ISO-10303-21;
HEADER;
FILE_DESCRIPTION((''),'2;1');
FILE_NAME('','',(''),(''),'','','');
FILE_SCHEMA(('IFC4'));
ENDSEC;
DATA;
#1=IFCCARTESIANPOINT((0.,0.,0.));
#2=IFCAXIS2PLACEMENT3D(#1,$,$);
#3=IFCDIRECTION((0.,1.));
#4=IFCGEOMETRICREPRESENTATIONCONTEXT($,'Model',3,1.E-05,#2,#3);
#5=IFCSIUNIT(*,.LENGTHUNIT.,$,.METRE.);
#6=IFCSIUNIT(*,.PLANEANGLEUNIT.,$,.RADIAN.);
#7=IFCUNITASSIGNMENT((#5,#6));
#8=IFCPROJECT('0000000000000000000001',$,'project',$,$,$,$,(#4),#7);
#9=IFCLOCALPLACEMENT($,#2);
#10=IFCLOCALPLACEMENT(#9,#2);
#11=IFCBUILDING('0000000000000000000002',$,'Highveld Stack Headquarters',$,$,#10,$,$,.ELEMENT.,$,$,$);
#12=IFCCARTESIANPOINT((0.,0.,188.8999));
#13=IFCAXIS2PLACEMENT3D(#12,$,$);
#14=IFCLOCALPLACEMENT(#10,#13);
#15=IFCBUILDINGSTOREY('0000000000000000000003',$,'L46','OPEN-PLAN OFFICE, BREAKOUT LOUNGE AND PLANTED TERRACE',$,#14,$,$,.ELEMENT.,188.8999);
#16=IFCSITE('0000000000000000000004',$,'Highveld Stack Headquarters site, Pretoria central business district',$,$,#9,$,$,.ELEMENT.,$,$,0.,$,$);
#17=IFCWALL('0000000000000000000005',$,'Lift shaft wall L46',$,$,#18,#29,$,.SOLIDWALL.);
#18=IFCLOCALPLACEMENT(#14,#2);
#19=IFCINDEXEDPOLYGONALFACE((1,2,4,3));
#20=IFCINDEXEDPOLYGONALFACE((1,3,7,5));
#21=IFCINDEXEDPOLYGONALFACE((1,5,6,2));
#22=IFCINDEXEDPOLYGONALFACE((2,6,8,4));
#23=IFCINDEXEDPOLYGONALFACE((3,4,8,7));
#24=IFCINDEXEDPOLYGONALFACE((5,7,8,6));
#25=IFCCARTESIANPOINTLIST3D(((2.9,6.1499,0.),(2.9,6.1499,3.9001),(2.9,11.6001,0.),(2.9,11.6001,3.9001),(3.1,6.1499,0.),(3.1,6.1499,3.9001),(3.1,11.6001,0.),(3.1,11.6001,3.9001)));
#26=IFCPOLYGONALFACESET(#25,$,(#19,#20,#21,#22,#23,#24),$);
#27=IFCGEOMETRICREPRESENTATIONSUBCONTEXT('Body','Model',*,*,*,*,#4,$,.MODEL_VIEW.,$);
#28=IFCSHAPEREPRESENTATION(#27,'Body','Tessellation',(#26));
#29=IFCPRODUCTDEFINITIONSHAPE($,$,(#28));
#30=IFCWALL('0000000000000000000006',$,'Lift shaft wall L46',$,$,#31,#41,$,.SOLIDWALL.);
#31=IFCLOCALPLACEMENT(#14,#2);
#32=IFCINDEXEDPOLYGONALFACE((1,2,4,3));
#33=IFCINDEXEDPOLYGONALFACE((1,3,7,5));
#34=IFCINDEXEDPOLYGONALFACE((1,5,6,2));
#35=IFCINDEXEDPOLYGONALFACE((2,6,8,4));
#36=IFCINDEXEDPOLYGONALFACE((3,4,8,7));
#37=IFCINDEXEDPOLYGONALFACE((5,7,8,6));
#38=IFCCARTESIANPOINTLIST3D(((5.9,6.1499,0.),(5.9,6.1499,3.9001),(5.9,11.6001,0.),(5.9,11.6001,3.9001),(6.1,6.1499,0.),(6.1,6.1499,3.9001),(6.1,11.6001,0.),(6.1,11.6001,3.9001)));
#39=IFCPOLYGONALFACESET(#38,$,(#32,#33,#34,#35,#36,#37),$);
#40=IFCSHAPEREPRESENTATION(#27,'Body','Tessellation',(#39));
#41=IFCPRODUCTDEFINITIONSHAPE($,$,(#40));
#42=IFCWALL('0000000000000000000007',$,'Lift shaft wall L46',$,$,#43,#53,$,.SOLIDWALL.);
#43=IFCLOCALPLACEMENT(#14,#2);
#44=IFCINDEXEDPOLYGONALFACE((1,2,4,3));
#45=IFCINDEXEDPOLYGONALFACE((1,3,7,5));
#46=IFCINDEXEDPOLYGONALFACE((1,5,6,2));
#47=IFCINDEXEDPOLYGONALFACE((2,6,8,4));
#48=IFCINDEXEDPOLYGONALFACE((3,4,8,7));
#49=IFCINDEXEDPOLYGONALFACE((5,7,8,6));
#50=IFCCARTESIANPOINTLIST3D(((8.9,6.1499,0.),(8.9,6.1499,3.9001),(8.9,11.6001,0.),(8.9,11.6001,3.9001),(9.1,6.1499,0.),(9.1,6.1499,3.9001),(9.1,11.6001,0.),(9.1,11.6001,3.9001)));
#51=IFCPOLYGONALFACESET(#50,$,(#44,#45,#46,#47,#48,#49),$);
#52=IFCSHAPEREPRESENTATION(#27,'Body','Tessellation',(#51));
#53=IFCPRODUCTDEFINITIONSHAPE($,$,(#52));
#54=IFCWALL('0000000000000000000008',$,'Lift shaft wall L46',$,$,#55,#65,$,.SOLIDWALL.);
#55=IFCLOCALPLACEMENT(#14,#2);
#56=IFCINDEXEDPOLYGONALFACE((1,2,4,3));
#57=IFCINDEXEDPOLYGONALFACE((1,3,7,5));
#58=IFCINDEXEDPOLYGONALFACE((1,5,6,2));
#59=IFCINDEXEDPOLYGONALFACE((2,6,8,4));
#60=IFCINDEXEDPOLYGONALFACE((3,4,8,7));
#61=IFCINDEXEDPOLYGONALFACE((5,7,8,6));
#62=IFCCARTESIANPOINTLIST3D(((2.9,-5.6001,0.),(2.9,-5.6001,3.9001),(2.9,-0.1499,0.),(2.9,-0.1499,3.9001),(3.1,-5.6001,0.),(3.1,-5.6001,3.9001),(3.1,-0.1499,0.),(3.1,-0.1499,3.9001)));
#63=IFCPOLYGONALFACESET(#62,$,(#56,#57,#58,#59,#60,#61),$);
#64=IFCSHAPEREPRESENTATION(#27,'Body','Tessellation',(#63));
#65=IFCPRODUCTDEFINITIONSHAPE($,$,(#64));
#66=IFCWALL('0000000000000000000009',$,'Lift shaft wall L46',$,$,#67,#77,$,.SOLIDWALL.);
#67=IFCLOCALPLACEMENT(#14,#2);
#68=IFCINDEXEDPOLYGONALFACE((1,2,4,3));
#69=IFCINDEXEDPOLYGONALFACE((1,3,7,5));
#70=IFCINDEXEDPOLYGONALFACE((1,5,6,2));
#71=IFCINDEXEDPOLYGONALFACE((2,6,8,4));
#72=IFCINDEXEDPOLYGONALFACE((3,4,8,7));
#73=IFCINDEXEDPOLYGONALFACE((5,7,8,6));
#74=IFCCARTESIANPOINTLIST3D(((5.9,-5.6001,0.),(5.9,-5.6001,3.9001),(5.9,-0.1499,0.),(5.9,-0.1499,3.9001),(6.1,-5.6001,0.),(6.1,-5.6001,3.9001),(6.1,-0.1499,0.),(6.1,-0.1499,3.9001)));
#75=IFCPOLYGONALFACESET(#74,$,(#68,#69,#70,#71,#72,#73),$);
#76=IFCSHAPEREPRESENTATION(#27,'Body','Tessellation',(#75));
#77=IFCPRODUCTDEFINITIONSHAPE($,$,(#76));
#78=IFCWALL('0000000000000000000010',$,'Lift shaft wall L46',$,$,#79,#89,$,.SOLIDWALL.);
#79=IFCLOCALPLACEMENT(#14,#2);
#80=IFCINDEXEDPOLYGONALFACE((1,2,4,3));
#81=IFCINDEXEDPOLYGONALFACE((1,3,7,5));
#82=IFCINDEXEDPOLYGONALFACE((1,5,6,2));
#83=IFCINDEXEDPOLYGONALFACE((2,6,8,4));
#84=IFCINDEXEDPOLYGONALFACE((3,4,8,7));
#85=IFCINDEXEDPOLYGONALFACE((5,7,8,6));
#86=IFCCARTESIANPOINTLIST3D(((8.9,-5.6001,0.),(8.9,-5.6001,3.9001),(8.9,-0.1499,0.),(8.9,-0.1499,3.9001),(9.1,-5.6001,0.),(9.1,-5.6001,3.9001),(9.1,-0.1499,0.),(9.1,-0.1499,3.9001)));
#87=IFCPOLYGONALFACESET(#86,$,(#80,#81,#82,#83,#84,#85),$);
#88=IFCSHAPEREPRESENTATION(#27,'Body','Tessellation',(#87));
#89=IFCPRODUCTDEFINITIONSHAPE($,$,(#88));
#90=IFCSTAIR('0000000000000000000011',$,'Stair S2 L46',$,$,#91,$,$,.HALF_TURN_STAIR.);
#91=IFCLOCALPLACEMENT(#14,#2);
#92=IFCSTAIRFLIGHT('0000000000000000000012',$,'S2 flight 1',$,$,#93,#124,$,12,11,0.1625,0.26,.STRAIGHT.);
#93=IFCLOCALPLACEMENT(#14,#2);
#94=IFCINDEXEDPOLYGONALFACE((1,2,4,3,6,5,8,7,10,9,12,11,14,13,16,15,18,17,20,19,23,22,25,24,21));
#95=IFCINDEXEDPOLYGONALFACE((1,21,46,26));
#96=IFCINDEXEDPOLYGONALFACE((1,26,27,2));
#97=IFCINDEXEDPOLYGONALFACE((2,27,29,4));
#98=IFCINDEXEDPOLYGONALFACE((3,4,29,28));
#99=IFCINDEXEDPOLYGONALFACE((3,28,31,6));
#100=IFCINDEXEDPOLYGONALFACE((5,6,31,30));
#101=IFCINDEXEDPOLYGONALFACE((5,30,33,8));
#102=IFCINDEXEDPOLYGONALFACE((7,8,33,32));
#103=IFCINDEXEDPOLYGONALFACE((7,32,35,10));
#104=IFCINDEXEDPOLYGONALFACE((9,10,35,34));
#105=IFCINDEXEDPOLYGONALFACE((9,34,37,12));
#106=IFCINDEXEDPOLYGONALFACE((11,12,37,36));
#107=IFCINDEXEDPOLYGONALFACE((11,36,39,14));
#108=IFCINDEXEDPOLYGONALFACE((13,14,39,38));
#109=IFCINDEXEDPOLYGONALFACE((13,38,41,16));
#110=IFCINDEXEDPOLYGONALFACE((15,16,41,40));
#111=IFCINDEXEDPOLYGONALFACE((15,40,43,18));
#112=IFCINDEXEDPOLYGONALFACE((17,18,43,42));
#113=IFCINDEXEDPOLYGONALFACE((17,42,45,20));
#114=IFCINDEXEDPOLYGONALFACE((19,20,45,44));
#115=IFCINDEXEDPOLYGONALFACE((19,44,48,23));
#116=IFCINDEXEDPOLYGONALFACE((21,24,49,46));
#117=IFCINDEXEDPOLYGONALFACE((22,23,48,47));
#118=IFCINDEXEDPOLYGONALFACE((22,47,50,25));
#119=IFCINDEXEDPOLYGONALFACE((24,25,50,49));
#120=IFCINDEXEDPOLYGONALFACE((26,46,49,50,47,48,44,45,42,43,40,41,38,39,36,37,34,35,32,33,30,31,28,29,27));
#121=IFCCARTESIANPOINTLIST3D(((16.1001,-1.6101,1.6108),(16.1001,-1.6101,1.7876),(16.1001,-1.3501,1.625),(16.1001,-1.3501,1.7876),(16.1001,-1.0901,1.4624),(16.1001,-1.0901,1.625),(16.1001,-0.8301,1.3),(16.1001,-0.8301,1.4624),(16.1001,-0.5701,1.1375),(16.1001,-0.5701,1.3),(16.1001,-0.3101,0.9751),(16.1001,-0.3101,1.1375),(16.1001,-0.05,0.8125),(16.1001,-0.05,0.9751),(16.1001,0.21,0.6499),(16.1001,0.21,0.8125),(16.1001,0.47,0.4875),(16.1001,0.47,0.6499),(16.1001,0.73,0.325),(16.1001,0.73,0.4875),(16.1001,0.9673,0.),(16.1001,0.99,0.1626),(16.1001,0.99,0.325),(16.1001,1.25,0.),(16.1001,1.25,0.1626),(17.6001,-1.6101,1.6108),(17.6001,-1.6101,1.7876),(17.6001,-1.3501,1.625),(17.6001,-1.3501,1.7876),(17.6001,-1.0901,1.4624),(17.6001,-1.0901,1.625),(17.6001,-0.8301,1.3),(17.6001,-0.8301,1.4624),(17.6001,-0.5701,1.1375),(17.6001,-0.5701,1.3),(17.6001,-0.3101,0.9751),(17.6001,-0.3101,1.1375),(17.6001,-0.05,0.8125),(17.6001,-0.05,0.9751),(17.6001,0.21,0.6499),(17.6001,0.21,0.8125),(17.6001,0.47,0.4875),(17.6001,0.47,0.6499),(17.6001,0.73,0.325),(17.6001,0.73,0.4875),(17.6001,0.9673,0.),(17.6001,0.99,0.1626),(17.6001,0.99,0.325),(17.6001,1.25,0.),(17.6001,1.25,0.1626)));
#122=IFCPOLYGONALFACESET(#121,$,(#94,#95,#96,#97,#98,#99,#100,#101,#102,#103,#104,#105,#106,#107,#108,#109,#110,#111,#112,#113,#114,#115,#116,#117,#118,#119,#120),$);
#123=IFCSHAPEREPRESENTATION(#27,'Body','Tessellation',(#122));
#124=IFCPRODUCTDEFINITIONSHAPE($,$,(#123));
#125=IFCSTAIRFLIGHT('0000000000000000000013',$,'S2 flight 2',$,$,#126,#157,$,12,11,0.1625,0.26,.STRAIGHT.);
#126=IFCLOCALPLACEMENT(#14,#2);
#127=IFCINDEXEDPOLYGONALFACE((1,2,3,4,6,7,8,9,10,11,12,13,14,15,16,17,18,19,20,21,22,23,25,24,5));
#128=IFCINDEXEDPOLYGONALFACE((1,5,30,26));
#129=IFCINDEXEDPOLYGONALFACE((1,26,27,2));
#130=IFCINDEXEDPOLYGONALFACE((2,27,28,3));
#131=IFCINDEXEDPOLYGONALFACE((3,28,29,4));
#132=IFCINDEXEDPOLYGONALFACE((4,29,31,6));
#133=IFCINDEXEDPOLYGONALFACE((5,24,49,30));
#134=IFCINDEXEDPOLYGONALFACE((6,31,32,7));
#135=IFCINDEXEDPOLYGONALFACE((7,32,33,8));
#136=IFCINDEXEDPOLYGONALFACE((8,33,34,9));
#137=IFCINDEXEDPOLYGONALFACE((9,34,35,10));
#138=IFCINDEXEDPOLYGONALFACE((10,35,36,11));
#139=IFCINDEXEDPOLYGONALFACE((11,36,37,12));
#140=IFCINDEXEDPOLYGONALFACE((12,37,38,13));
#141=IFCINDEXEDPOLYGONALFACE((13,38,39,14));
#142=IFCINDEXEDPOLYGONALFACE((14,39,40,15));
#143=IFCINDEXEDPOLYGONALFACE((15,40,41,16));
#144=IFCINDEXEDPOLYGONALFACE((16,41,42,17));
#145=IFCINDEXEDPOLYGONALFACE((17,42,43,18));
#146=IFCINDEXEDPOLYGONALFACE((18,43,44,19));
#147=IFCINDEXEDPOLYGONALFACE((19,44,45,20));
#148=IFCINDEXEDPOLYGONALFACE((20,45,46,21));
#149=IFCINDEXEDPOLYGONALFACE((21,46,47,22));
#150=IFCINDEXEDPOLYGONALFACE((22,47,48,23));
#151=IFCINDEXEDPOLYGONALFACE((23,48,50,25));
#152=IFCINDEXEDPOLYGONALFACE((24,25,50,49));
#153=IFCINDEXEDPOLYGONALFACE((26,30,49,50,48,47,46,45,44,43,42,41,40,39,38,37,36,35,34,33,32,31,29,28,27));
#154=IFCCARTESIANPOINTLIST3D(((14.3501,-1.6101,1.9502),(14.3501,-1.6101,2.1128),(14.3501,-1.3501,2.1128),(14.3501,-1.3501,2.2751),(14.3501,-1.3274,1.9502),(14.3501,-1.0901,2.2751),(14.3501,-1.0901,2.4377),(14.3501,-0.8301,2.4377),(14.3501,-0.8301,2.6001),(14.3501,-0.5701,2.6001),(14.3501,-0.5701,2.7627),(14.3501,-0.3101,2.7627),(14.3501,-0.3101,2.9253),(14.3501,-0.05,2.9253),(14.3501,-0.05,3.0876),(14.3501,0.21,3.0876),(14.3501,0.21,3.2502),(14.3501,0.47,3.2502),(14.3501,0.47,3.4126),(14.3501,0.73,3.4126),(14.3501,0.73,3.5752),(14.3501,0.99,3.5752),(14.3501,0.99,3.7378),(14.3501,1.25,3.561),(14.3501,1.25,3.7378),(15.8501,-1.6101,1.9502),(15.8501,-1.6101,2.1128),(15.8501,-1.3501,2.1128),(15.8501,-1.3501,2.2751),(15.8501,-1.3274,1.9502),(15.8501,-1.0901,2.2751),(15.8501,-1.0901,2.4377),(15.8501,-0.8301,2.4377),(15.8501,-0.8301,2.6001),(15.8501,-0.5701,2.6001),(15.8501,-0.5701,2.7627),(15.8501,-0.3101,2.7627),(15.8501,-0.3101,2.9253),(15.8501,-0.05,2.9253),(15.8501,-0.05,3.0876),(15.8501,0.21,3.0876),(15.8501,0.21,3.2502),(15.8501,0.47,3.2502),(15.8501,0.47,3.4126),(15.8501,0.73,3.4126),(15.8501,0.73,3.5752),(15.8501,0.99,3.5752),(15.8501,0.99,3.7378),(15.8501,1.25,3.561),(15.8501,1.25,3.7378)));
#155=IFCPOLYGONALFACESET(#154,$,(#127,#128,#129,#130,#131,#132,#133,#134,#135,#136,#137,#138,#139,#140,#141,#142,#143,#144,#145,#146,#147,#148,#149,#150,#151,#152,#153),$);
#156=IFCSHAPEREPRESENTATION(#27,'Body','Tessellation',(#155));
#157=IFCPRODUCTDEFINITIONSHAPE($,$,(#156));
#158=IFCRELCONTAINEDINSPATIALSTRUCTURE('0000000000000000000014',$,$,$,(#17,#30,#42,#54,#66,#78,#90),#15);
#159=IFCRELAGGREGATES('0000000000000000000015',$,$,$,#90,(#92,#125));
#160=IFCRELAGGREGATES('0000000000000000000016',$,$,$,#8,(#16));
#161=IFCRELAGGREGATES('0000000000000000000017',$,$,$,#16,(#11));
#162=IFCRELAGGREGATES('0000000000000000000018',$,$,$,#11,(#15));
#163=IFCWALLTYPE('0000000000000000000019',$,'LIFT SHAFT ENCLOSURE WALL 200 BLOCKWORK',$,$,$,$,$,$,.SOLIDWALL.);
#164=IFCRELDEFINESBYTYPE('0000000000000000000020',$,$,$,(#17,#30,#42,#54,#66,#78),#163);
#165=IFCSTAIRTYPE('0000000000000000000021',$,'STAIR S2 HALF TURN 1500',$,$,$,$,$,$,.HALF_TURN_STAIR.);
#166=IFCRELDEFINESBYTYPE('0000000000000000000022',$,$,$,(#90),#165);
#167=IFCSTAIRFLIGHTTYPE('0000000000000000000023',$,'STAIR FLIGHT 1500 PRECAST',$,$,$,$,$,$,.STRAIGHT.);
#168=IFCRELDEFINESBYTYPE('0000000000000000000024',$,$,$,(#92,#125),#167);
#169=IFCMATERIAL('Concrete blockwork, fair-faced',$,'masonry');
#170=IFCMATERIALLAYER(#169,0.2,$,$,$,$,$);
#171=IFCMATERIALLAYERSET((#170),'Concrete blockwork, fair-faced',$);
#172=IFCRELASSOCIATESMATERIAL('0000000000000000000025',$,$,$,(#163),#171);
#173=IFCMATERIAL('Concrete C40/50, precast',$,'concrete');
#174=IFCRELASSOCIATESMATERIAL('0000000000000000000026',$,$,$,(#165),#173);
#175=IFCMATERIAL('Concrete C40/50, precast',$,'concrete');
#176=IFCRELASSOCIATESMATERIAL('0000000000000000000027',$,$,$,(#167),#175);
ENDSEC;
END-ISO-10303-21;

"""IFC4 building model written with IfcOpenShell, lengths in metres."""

from ifc_helpers import new_model, si_unit, direction, frame, frame_2d, origin, place, context, subcontext, project, spatial, polyline, rectangle, outline, extrude, material, layer, layer_set, type_object, element, aggregate, save


model = new_model("IFC4")

# Units and contexts
model_context = context("Model", 3, precision=1e-05, world=origin(), true_north=direction((0.0, 1.0)))
body_context = subcontext(model_context, "Body", "Model", "MODEL_VIEW")
ifc_project = project(units=[si_unit("LENGTHUNIT", "METRE"), si_unit("PLANEANGLEUNIT", "RADIAN")], contexts=[model_context])

# Site, building, storey
site_placement = place(None, origin())
site = spatial("IfcSite", under=ifc_project, at=site_placement, Name="Highveld Stack Headquarters site, Pretoria central business district", CompositionType="ELEMENT", RefElevation=0.0)
building_placement = place(site_placement, origin())
building = spatial("IfcBuilding", under=site, at=building_placement, Name="Highveld Stack Headquarters", CompositionType="ELEMENT")
storey_placement = place(building_placement, frame((0.0, 0.0, 188.8999)))
storey = spatial("IfcBuildingStorey", under=building, at=storey_placement, Name="L46", Description="OPEN-PLAN OFFICE, BREAKOUT LOUNGE AND PLANTED TERRACE", CompositionType="ELEMENT", Elevation=188.8999)

# Walls
ifc_material_1 = material(Name="Concrete blockwork, fair-faced", Category="masonry")
ifc_layer_1 = layer(ifc_material_1, 0.2)
ifc_layer_set_1 = layer_set([ifc_layer_1], Name="Concrete blockwork, fair-faced")
wall_type_1 = type_object("IfcWallType", Name="LIFT SHAFT ENCLOSURE WALL 200 BLOCKWORK", PredefinedType="SOLIDWALL", material=ifc_layer_set_1)
for number, where, z_axis, x_axis, name in (
    (1, (3.0, 6.1499, 0.0), (0.0, 0.0, 1.0), (0.0, 1.0, 0.0), "Lift shaft wall L46"),
    (2, (6.0, 6.1499, 0.0), (0.0, 0.0, 1.0), (0.0, 1.0, 0.0), "Lift shaft wall L46"),
    (3, (9.0, 6.1499, 0.0), (0.0, 0.0, 1.0), (0.0, 1.0, 0.0), "Lift shaft wall L46"),
    (4, (3.0, -5.6001, 0.0), (0.0, 0.0, 1.0), (0.0, 1.0, 0.0), "Lift shaft wall L46"),
    (5, (6.0, -5.6001, 0.0), (0.0, 0.0, 1.0), (0.0, 1.0, 0.0), "Lift shaft wall L46"),
    (6, (9.0, -5.6001, 0.0), (0.0, 0.0, 1.0), (0.0, 1.0, 0.0), "Lift shaft wall L46"),
):
    element("IfcWall", number, at=place(storey_placement, frame(where, z_axis=z_axis, x_axis=x_axis)), inside=storey, type_object=wall_type_1, Name=name, PredefinedType="SOLIDWALL", context=body_context, shape_type="SweptSolid", body=[
        extrude(rectangle(XDim=5.4502, YDim=0.2, at=frame_2d((2.7251, 0.0))), origin(), (0.0, 0.0, 1.0), 3.9001),
    ])

# Stair, stair flights
ifc_material_2 = material(Name="Concrete C40/50, precast", Category="concrete")
stair_type = type_object("IfcStairType", Name="STAIR S2 HALF TURN 1500", PredefinedType="HALF_TURN_STAIR", material=ifc_material_2)
stair_placement = place(storey_placement, origin())
stair = element("IfcStair", 7, at=stair_placement, inside=storey, type_object=stair_type, Name="Stair S2 L46", PredefinedType="HALF_TURN_STAIR")
ifc_material_3 = material(Name="Concrete C40/50, precast", Category="concrete")
stair_flight_type = type_object("IfcStairFlightType", Name="STAIR FLIGHT 1500 PRECAST", PredefinedType="STRAIGHT", material=ifc_material_3)
stair_flight_1_placement = place(storey_placement, frame((16.8501, 1.25, 0.0), z_axis=(0.0, 0.0, 1.0), x_axis=(0.0, -1.0, 0.0)))
stair_flight_1 = element("IfcStairFlight", 8, at=stair_flight_1_placement, type_object=stair_flight_type, Name="S2 flight 1", NumberOfRisers=12, NumberOfTreads=11, PredefinedType="STRAIGHT", RiserHeight=0.1625, TreadLength=0.26, context=body_context, shape_type="SweptSolid", body=[
    extrude(outline(polyline([(0.0, 0.0), (0.0, 0.1626), (0.26, 0.1626), (0.26, 0.325), (0.52, 0.325), (0.52, 0.4875), (0.78, 0.4875), (0.78, 0.6499), (1.04, 0.6499), (1.04, 0.8125), (1.3, 0.8125), (1.3, 0.9751), (1.5601, 0.9751), (1.5601, 1.1375), (1.8201, 1.1375), (1.8201, 1.3), (2.0801, 1.3), (2.0801, 1.4624), (2.3401, 1.4624), (2.3401, 1.625), (2.6001, 1.625), (2.6001, 1.7876), (2.8601, 1.7876), (2.8601, 1.95), (2.8601, 1.6108), (0.2827, 0.0), (0.0, 0.0)])), frame((0.0, 0.75, 0.0), z_axis=(0.0, -1.0, 0.0), x_axis=(1.0, 0.0, 0.0)), (0.0, 0.0, 1.0), 1.5),
])
stair_flight_2_placement = place(storey_placement, frame((15.1001, -1.6101, 1.9502), z_axis=(0.0, 0.0, 1.0), x_axis=(0.0, 1.0, 0.0)))
stair_flight_2 = element("IfcStairFlight", 9, at=stair_flight_2_placement, type_object=stair_flight_type, Name="S2 flight 2", NumberOfRisers=12, NumberOfTreads=11, PredefinedType="STRAIGHT", RiserHeight=0.1625, TreadLength=0.26, context=body_context, shape_type="SweptSolid", body=[
    extrude(outline(polyline([(0.0, 0.0), (0.0, 0.1626), (0.26, 0.1626), (0.26, 0.325), (0.52, 0.325), (0.52, 0.4875), (0.78, 0.4875), (0.78, 0.6499), (1.04, 0.6499), (1.04, 0.8125), (1.3, 0.8125), (1.3, 0.9751), (1.5601, 0.9751), (1.5601, 1.1375), (1.8201, 1.1375), (1.8201, 1.3), (2.0801, 1.3), (2.0801, 1.4624), (2.3401, 1.4624), (2.3401, 1.625), (2.6001, 1.625), (2.6001, 1.7876), (2.8601, 1.7876), (2.8601, 1.95), (2.8601, 1.6108), (0.2827, 0.0), (0.0, 0.0)])), frame((0.0, 0.75, 0.0), z_axis=(0.0, -1.0, 0.0), x_axis=(1.0, 0.0, 0.0)), (0.0, 0.0, 1.0), 1.5),
])
aggregate(stair, [stair_flight_1, stair_flight_2])

save(model, "model.ifc")
